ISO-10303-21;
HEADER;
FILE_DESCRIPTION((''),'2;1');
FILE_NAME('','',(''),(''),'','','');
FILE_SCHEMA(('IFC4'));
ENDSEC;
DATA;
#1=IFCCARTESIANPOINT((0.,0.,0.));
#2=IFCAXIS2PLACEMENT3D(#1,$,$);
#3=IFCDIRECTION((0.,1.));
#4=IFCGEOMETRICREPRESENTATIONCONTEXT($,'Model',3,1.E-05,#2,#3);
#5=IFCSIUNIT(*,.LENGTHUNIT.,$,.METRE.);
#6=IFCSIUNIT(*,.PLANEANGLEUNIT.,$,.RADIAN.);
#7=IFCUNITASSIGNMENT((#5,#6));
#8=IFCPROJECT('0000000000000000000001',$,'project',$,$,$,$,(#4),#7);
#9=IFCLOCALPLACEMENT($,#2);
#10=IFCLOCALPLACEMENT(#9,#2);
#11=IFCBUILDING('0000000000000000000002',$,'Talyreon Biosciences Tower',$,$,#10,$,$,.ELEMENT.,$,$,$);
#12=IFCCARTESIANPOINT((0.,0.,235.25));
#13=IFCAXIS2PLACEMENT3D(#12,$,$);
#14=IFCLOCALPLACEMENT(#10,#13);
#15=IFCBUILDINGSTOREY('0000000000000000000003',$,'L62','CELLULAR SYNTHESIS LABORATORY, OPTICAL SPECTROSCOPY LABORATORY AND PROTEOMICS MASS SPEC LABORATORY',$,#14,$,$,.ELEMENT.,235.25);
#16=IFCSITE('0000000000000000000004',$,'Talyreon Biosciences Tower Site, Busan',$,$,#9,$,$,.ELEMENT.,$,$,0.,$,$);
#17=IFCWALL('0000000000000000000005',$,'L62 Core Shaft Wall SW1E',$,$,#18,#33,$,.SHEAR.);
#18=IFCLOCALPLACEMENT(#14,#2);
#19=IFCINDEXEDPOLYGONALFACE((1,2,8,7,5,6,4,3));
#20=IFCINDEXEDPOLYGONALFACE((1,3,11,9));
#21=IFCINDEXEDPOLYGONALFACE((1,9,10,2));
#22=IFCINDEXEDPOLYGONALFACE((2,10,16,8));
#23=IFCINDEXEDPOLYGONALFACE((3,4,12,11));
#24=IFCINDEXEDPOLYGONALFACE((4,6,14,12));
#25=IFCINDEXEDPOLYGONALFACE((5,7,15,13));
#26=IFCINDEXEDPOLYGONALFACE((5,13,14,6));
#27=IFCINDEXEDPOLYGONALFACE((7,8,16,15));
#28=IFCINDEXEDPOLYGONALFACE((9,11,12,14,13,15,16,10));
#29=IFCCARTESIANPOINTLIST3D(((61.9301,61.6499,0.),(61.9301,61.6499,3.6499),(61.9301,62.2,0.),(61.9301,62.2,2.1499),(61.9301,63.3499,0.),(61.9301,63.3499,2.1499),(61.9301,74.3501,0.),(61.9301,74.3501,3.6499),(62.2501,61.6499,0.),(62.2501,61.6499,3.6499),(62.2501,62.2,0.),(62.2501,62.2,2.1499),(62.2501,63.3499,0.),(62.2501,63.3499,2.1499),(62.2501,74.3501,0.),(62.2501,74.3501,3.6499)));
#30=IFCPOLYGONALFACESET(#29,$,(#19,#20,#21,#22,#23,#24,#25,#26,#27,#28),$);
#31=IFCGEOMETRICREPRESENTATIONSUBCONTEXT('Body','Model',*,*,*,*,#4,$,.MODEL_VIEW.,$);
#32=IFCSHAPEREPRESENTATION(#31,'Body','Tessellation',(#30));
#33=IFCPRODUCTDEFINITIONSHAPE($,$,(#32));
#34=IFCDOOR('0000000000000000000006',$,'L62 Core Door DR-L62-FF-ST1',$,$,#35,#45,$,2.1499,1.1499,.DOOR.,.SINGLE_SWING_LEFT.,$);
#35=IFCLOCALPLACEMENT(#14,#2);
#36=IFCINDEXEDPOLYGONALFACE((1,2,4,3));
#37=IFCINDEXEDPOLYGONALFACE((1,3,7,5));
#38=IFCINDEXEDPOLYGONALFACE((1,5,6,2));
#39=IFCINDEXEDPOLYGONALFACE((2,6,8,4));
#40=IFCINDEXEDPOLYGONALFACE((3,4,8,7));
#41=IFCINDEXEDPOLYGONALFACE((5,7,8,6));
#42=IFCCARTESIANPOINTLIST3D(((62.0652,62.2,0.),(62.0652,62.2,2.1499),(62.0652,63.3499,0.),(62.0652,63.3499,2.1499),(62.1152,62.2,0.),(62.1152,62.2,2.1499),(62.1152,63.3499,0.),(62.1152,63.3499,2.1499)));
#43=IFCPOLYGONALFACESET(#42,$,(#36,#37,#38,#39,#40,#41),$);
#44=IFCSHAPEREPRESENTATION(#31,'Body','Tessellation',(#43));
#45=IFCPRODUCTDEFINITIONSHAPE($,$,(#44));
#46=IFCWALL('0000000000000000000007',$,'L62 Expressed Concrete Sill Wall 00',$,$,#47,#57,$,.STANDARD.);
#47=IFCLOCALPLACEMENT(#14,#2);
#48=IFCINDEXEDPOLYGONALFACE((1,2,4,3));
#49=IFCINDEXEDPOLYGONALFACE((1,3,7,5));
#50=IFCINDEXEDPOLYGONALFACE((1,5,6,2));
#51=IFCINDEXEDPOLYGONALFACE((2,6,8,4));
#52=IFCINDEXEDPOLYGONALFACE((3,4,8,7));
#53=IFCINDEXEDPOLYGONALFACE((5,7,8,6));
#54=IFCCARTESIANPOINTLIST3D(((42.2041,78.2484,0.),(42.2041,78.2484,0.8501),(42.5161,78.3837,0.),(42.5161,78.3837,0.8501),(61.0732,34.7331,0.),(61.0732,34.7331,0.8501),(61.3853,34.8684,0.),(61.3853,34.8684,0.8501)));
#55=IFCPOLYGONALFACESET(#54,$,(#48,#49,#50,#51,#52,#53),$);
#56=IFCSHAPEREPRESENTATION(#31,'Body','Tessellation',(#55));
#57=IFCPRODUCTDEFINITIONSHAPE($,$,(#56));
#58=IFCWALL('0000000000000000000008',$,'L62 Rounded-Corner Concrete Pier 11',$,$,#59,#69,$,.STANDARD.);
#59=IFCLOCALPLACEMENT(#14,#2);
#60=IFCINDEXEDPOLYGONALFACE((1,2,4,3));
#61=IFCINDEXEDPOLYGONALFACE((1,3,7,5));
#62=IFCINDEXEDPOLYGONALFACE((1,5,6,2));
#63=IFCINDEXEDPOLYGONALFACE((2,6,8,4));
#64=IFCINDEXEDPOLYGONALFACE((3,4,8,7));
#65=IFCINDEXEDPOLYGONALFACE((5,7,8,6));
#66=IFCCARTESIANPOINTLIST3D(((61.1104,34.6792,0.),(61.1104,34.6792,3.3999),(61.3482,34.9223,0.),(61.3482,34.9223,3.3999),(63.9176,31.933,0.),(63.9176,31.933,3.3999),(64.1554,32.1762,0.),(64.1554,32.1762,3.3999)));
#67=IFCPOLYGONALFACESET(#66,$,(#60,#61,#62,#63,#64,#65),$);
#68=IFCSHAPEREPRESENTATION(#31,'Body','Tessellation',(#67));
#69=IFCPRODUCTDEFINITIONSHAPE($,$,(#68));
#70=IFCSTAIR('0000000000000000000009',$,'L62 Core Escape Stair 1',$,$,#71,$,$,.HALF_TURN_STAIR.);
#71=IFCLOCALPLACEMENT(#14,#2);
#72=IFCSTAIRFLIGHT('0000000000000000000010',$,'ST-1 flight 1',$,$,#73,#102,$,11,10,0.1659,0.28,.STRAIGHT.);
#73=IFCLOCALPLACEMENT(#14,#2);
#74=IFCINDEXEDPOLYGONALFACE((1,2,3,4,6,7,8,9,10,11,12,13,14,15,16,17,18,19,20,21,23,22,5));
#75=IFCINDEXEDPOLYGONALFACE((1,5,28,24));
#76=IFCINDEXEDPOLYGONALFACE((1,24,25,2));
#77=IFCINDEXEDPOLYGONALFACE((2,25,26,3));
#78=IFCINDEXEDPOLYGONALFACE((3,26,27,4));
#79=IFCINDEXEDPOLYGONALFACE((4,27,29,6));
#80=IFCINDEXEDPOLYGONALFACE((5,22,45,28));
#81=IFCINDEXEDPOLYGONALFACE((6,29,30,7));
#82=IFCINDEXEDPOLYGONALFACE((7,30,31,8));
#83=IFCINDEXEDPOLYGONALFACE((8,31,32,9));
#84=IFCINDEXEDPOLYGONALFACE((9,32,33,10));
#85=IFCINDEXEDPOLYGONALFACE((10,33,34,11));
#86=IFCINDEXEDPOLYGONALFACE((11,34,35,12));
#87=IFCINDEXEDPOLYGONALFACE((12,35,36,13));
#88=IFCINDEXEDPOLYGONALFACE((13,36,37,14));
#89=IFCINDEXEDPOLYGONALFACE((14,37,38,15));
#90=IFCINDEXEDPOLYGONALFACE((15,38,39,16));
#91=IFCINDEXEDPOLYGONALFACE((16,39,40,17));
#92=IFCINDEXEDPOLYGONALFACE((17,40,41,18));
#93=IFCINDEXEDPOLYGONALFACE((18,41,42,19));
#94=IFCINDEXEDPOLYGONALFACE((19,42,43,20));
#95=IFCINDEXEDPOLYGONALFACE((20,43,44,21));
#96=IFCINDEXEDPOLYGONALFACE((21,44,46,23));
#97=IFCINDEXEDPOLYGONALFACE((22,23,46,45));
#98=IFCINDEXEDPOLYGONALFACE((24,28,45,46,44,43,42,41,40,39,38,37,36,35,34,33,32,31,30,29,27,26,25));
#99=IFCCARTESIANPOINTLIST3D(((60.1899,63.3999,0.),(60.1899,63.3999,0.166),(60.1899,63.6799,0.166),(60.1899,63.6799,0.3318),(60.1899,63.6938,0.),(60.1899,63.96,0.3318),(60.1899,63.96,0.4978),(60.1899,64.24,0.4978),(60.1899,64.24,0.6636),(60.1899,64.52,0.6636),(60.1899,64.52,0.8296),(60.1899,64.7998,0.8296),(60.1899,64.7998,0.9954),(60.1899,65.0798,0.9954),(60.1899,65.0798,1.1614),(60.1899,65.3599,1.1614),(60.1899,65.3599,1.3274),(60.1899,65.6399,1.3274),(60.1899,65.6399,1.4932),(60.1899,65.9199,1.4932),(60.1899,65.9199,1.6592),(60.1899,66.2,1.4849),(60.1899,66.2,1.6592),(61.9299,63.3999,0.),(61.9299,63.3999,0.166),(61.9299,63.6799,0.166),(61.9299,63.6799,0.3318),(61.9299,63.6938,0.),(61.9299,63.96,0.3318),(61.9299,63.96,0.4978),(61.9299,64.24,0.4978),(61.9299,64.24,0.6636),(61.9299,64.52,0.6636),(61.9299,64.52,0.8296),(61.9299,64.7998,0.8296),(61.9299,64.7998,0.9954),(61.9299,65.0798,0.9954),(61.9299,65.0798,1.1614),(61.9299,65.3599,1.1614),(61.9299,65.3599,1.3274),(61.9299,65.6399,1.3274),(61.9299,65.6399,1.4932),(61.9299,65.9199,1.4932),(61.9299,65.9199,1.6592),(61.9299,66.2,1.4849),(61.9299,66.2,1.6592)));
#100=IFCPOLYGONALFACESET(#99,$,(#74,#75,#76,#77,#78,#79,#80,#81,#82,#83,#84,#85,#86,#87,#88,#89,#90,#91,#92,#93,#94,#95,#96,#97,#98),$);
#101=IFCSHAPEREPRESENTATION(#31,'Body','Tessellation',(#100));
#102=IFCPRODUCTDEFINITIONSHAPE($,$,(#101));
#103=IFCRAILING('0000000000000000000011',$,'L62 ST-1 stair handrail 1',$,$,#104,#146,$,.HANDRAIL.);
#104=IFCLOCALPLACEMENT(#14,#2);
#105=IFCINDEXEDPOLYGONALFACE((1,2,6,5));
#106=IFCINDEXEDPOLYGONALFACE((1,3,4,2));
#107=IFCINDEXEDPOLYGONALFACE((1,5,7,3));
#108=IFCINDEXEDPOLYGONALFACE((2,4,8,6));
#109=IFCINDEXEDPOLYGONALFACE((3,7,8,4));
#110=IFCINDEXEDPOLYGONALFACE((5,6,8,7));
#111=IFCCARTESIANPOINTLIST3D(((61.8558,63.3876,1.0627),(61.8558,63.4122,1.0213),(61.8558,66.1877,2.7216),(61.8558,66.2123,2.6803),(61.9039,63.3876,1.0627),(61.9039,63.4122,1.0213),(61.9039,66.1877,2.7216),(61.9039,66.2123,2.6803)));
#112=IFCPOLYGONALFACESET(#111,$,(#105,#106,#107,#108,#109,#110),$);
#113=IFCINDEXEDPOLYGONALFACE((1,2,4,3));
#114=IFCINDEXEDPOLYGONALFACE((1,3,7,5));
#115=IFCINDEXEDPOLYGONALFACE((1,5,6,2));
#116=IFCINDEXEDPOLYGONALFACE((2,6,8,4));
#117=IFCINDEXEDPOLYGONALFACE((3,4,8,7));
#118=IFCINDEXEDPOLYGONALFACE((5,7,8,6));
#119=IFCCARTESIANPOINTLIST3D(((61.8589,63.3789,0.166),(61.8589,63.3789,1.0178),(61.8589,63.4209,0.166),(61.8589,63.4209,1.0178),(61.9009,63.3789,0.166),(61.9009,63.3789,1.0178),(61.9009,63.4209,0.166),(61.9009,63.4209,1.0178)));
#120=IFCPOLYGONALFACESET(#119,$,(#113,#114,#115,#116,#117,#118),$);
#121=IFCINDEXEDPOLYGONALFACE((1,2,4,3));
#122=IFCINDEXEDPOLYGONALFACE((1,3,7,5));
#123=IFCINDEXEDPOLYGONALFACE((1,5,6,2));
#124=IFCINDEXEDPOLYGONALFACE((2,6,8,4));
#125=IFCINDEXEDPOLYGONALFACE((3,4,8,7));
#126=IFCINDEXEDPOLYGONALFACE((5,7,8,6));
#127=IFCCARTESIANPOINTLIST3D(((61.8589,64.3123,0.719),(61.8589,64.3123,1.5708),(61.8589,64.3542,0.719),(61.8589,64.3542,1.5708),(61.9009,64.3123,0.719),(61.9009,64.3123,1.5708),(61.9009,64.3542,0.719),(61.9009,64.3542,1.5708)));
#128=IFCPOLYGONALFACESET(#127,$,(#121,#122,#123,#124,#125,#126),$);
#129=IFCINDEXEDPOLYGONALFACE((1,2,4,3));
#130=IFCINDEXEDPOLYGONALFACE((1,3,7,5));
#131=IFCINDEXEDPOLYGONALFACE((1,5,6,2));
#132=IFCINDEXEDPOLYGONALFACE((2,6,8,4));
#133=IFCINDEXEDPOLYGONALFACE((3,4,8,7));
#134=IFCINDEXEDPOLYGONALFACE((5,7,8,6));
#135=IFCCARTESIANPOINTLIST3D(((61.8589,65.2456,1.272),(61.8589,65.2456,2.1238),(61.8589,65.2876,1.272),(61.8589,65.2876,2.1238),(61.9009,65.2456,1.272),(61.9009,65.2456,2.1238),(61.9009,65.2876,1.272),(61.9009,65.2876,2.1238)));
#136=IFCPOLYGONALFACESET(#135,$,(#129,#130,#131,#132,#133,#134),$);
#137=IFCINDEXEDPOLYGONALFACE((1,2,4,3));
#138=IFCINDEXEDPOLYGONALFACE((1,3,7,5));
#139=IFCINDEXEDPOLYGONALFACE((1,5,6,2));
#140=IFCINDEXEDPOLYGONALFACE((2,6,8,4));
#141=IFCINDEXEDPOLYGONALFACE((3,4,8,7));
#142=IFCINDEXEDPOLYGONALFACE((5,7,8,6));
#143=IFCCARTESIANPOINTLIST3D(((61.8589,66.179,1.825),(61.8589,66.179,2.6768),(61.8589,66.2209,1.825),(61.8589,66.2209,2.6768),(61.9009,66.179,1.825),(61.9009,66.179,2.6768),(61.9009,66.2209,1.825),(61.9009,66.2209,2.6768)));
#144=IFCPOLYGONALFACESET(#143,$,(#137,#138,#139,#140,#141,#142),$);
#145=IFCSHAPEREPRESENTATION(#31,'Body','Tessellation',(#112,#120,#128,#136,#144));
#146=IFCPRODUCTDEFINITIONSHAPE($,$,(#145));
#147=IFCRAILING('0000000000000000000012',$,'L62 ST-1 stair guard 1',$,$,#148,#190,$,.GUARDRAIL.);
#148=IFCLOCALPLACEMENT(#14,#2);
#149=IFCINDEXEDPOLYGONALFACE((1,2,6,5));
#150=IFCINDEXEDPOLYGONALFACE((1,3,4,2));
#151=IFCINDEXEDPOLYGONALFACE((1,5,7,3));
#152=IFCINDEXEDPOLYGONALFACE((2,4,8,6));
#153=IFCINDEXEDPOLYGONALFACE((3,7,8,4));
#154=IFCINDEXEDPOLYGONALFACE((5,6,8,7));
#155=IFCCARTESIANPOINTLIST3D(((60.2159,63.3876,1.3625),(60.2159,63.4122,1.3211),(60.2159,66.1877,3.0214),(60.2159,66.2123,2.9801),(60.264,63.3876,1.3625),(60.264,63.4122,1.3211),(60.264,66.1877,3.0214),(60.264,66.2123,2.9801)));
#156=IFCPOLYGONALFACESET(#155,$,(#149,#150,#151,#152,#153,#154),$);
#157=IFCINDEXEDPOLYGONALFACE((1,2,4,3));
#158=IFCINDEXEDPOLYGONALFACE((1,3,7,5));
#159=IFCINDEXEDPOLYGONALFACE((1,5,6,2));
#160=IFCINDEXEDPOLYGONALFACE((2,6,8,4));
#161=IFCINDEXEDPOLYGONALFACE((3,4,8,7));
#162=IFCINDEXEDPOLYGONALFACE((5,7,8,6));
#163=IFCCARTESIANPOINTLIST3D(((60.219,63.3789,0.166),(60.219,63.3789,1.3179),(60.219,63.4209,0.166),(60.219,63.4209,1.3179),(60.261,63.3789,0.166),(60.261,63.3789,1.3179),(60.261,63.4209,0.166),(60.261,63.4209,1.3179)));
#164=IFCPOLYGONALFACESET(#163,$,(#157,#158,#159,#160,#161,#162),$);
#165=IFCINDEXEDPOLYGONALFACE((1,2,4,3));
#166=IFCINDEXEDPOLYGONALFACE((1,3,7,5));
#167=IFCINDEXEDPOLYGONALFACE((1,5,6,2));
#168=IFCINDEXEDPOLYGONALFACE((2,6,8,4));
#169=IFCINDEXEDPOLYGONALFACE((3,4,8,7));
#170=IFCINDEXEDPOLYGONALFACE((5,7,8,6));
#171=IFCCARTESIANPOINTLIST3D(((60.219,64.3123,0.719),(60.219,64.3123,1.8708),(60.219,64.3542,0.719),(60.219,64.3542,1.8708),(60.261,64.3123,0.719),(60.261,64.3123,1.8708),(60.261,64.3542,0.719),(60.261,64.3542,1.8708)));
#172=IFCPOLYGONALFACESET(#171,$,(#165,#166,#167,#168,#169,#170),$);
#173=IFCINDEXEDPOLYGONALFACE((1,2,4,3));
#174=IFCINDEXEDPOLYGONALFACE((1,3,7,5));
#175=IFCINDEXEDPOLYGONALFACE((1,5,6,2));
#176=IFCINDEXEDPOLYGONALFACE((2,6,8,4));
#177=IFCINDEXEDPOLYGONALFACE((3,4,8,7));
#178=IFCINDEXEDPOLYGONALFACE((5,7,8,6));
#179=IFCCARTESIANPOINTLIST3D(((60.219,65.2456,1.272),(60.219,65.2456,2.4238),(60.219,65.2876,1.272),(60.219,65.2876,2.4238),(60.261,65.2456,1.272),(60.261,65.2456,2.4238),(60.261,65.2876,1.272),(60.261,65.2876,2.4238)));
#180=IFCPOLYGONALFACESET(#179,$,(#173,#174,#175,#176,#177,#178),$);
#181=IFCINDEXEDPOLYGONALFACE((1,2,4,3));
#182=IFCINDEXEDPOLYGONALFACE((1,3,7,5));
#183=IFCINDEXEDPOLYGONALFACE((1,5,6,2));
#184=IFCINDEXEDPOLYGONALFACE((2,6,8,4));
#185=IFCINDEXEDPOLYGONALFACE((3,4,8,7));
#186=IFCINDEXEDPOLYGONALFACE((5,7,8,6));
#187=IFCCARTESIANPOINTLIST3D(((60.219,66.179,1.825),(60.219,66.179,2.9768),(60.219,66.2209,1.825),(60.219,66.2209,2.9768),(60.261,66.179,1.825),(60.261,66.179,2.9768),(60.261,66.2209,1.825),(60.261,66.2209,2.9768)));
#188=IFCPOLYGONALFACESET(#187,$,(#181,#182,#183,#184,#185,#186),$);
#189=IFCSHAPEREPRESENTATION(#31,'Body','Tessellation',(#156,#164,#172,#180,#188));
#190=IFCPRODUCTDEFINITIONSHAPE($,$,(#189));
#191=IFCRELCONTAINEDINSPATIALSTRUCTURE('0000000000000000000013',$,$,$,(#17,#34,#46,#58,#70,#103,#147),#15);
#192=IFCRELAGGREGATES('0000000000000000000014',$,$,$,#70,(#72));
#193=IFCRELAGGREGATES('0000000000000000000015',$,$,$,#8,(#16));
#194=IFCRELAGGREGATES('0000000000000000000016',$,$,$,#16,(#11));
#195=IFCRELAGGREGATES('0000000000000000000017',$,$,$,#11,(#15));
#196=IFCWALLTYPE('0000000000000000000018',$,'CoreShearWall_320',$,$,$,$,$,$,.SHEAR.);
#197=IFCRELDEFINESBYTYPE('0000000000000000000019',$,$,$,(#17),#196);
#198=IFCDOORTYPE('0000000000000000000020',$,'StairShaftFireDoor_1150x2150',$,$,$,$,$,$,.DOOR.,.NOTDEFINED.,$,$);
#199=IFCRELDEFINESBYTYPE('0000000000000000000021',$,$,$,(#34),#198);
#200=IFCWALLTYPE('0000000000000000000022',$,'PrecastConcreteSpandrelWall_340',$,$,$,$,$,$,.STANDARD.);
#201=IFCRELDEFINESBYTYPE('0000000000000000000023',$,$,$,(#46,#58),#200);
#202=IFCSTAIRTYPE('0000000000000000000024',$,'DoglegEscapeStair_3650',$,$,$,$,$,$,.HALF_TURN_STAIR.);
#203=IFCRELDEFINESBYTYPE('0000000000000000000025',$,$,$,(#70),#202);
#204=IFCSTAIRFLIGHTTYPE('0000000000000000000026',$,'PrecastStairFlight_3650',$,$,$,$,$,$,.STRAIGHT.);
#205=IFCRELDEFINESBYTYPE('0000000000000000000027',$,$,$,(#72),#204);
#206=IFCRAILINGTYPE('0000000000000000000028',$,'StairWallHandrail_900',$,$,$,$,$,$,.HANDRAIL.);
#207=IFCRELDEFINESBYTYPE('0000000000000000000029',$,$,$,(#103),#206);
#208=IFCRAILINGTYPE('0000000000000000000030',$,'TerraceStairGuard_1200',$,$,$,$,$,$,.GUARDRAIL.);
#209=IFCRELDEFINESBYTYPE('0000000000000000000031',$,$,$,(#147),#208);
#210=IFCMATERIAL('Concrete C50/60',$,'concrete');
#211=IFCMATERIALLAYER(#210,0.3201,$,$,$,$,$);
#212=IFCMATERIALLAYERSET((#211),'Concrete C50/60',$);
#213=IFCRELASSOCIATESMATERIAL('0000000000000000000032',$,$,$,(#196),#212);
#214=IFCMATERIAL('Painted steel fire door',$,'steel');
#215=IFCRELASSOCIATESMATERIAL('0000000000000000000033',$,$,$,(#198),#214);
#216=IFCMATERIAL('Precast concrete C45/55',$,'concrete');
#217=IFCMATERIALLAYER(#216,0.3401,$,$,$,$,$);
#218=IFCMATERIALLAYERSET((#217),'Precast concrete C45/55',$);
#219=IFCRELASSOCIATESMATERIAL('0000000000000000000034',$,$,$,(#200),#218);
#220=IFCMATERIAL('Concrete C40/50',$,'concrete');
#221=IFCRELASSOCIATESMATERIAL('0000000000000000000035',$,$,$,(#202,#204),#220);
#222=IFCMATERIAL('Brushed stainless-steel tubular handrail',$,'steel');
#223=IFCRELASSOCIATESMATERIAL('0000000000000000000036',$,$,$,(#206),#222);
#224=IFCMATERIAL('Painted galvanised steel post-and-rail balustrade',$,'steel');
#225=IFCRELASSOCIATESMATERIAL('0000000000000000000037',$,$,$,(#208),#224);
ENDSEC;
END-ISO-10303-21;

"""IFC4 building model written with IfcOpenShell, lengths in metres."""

from ifc_helpers import new_model, si_unit, direction, frame, frame_2d, origin, origin_2d, place, context, subcontext, project, spatial, polyline, rectangle, outline, extrude, material, layer, layer_set, type_object, element, fill, aggregate, save


model = new_model("IFC4")

# Units and contexts
model_context = context("Model", 3, precision=1e-05, world=origin(), true_north=direction((0.0, 1.0)))
body_context = subcontext(model_context, "Body", "Model", "MODEL_VIEW")
ifc_project = project(units=[si_unit("LENGTHUNIT", "METRE"), si_unit("PLANEANGLEUNIT", "RADIAN")], contexts=[model_context])

# Site, building, storey
site_placement = place(None, origin())
site = spatial("IfcSite", under=ifc_project, at=site_placement, Name="Talyreon Biosciences Tower Site, Busan", CompositionType="ELEMENT", RefElevation=0.0)
building_placement = place(site_placement, origin())
building = spatial("IfcBuilding", under=site, at=building_placement, Name="Talyreon Biosciences Tower", CompositionType="ELEMENT")
storey_placement = place(building_placement, frame((0.0, 0.0, 235.25)))
storey = spatial("IfcBuildingStorey", under=building, at=storey_placement, Name="L62", Description="CELLULAR SYNTHESIS LABORATORY, OPTICAL SPECTROSCOPY LABORATORY AND PROTEOMICS MASS SPEC LABORATORY", CompositionType="ELEMENT", Elevation=235.25)

# Shared definitions
ifc_material_1 = material(Name="Concrete C50/60", Category="concrete")

# Shared definitions
ifc_material_2 = material(Name="Precast concrete C45/55", Category="concrete")

# Wall, opening, door
ifc_layer_1 = layer(ifc_material_1, 0.3201)
ifc_layer_set_1 = layer_set([ifc_layer_1], Name="Concrete C50/60")
wall_type_1 = type_object("IfcWallType", Name="CoreShearWall_320", PredefinedType="SHEAR", material=ifc_layer_set_1)
wall_1_placement = place(storey_placement, frame((62.0901, 61.6499, 0.0), z_axis=(0.0, 0.0, 1.0), x_axis=(0.0, 1.0, 0.0)))
wall_1 = element("IfcWall", 1, at=wall_1_placement, inside=storey, type_object=wall_type_1, Name="L62 Core Shaft Wall SW1E", PredefinedType="SHEAR", context=body_context, shape_type="SweptSolid", body=[
    extrude(rectangle(XDim=12.7002, YDim=0.3201, at=frame_2d((6.3501, 0.0))), origin(), (0.0, 0.0, 1.0), 3.6499),
])
opening_1_placement = place(wall_1_placement, frame((0.55, 0.0, 0.0)))
opening_1 = element("IfcOpeningElement", 2, at=opening_1_placement, cuts=wall_1, PredefinedType="OPENING", context=body_context, shape_type="SweptSolid", body=[
    extrude(rectangle(XDim=1.1499, YDim=2.1499, at=frame_2d((0.575, 1.075))), frame((0.0, 0.1699, 0.0), z_axis=(0.0, -1.0, 0.0), x_axis=(1.0, 0.0, 0.0)), (0.0, 0.0, 1.0), 0.3401),
])
ifc_material_3 = material(Name="Painted steel fire door", Category="steel")
door_type_1 = type_object("IfcDoorType", Name="StairShaftFireDoor_1150x2150", OperationType="NOTDEFINED", PredefinedType="DOOR", material=ifc_material_3)
door_1_placement = place(opening_1_placement, origin())
door_1 = element("IfcDoor", 3, at=door_1_placement, inside=storey, type_object=door_type_1, Name="L62 Core Door DR-L62-FF-ST1", OperationType="SINGLE_SWING_LEFT", OverallHeight=2.1499, OverallWidth=1.1499, PredefinedType="DOOR", context=body_context, shape_type="SweptSolid", body=[
    extrude(rectangle(XDim=1.1499, YDim=2.1499, at=frame_2d((0.575, 1.075))), frame((0.0, 0.0249, 0.0), z_axis=(0.0, -1.0, 0.0), x_axis=(1.0, 0.0, 0.0)), (0.0, 0.0, 1.0), 0.05),
])
fill(opening_1, door_1)

# Walls
ifc_layer_2 = layer(ifc_material_2, 0.3401)
ifc_layer_set_2 = layer_set([ifc_layer_2], Name="Precast concrete C45/55")
wall_type_2 = type_object("IfcWallType", Name="PrecastConcreteSpandrelWall_340", PredefinedType="STANDARD", material=ifc_layer_set_2)
wall_2_placement = place(storey_placement, frame((61.2292, 34.8008, 0.0), z_axis=(0.0, 0.0, 1.0), x_axis=(-0.397831, 0.917459, 0.0)))
element("IfcWall", 4, at=wall_2_placement, inside=storey, type_object=wall_type_2, Name="L62 Expressed Concrete Sill Wall 00", PredefinedType="STANDARD", context=body_context, shape_type="SweptSolid", body=[
    extrude(rectangle(XDim=47.4302, YDim=0.3401, at=frame_2d((23.7151, 0.0))), origin(), (0.0, 0.0, 1.0), 0.8501),
])
wall_3_placement = place(storey_placement, frame((64.0364, 32.0547, 0.0), z_axis=(0.0, 0.0, 1.0), x_axis=(-0.714835, 0.699293, 0.0)))
element("IfcWall", 5, at=wall_3_placement, inside=storey, type_object=wall_type_2, Name="L62 Rounded-Corner Concrete Pier 11", PredefinedType="STANDARD", context=body_context, shape_type="SweptSolid", body=[
    extrude(rectangle(XDim=3.927, YDim=0.3401, at=frame_2d((1.9634, 0.0))), origin(), (0.0, 0.0, 1.0), 3.3999),
])

# Stair, stair flight
ifc_material_4 = material(Name="Concrete C40/50", Category="concrete")
stair_type = type_object("IfcStairType", Name="DoglegEscapeStair_3650", PredefinedType="HALF_TURN_STAIR", material=ifc_material_4)
stair_placement = place(storey_placement, origin())
stair = element("IfcStair", 6, at=stair_placement, inside=storey, type_object=stair_type, Name="L62 Core Escape Stair 1", PredefinedType="HALF_TURN_STAIR")
stair_flight_type = type_object("IfcStairFlightType", Name="PrecastStairFlight_3650", PredefinedType="STRAIGHT", material=ifc_material_4)
stair_flight_placement = place(storey_placement, frame((61.0601, 63.3999, 0.0), z_axis=(0.0, 0.0, 1.0), x_axis=(0.0, 1.0, 0.0)))
stair_flight = element("IfcStairFlight", 7, at=stair_flight_placement, type_object=stair_flight_type, Name="ST-1 flight 1", NumberOfRisers=11, NumberOfTreads=10, PredefinedType="STRAIGHT", RiserHeight=0.1659, TreadLength=0.28, context=body_context, shape_type="SweptSolid", body=[
    extrude(outline(polyline([(0.0, 0.0), (0.0, 0.166), (0.28, 0.166), (0.28, 0.3318), (0.5601, 0.3318), (0.5601, 0.4978), (0.8401, 0.4978), (0.8401, 0.6636), (1.1201, 0.6636), (1.1201, 0.8296), (1.3999, 0.8296), (1.3999, 0.9954), (1.6799, 0.9954), (1.6799, 1.1614), (1.96, 1.1614), (1.96, 1.3274), (2.24, 1.3274), (2.24, 1.4932), (2.52, 1.4932), (2.52, 1.6592), (2.8, 1.6592), (2.8, 1.825), (2.8, 1.4849), (0.2939, 0.0), (0.0, 0.0)])), frame((0.0, 0.8701, 0.0), z_axis=(0.0, -1.0, 0.0), x_axis=(1.0, 0.0, 0.0)), (0.0, 0.0, 1.0), 1.74),
])
aggregate(stair, [stair_flight])

# Railings
ifc_material_5 = material(Name="Brushed stainless-steel tubular handrail", Category="steel")
railing_type_1 = type_object("IfcRailingType", Name="StairWallHandrail_900", PredefinedType="HANDRAIL", material=ifc_material_5)
railing_1_placement = place(storey_placement, frame((61.8799, 63.3999, 0.166)))
element("IfcRailing", 8, at=railing_1_placement, inside=storey, type_object=railing_type_1, Name="L62 ST-1 stair handrail 1", PredefinedType="HANDRAIL", context=body_context, shape_type="SweptSolid", body=[
    extrude(rectangle(XDim=0.0481, YDim=0.0481, at=origin_2d()), frame((0.0, 0.0, 0.876), z_axis=(0.0, 0.860339, 0.509722), x_axis=(-1.0, 0.0, 0.0)), (0.0, 0.0, 1.0), 3.2546),
    extrude(rectangle(XDim=0.042, YDim=0.042, at=origin_2d()), origin(), (0.0, 0.0, 1.0), 0.8518),
    extrude(rectangle(XDim=0.042, YDim=0.042, at=origin_2d()), frame((0.0, 0.9333, 0.553)), (0.0, 0.0, 1.0), 0.8518),
    extrude(rectangle(XDim=0.042, YDim=0.042, at=origin_2d()), frame((0.0, 1.8667, 1.106)), (0.0, 0.0, 1.0), 0.8518),
    extrude(rectangle(XDim=0.042, YDim=0.042, at=origin_2d()), frame((0.0, 2.8, 1.6589)), (0.0, 0.0, 1.0), 0.8518),
])
ifc_material_6 = material(Name="Painted galvanised steel post-and-rail balustrade", Category="steel")
railing_type_2 = type_object("IfcRailingType", Name="TerraceStairGuard_1200", PredefinedType="GUARDRAIL", material=ifc_material_6)
railing_2_placement = place(storey_placement, frame((60.24, 63.3999, 0.166)))
element("IfcRailing", 9, at=railing_2_placement, inside=storey, type_object=railing_type_2, Name="L62 ST-1 stair guard 1", PredefinedType="GUARDRAIL", context=body_context, shape_type="SweptSolid", body=[
    extrude(rectangle(XDim=0.0481, YDim=0.0481, at=origin_2d()), frame((0.0, 0.0, 1.1758), z_axis=(0.0, 0.860339, 0.509722), x_axis=(-1.0, 0.0, 0.0)), (0.0, 0.0, 1.0), 3.2546),
    extrude(rectangle(XDim=0.042, YDim=0.042, at=origin_2d()), origin(), (0.0, 0.0, 1.0), 1.1519),
    extrude(rectangle(XDim=0.042, YDim=0.042, at=origin_2d()), frame((0.0, 0.9333, 0.553)), (0.0, 0.0, 1.0), 1.1519),
    extrude(rectangle(XDim=0.042, YDim=0.042, at=origin_2d()), frame((0.0, 1.8667, 1.106)), (0.0, 0.0, 1.0), 1.1519),
    extrude(rectangle(XDim=0.042, YDim=0.042, at=origin_2d()), frame((0.0, 2.8, 1.6589)), (0.0, 0.0, 1.0), 1.1519),
])

save(model, "model.ifc")
